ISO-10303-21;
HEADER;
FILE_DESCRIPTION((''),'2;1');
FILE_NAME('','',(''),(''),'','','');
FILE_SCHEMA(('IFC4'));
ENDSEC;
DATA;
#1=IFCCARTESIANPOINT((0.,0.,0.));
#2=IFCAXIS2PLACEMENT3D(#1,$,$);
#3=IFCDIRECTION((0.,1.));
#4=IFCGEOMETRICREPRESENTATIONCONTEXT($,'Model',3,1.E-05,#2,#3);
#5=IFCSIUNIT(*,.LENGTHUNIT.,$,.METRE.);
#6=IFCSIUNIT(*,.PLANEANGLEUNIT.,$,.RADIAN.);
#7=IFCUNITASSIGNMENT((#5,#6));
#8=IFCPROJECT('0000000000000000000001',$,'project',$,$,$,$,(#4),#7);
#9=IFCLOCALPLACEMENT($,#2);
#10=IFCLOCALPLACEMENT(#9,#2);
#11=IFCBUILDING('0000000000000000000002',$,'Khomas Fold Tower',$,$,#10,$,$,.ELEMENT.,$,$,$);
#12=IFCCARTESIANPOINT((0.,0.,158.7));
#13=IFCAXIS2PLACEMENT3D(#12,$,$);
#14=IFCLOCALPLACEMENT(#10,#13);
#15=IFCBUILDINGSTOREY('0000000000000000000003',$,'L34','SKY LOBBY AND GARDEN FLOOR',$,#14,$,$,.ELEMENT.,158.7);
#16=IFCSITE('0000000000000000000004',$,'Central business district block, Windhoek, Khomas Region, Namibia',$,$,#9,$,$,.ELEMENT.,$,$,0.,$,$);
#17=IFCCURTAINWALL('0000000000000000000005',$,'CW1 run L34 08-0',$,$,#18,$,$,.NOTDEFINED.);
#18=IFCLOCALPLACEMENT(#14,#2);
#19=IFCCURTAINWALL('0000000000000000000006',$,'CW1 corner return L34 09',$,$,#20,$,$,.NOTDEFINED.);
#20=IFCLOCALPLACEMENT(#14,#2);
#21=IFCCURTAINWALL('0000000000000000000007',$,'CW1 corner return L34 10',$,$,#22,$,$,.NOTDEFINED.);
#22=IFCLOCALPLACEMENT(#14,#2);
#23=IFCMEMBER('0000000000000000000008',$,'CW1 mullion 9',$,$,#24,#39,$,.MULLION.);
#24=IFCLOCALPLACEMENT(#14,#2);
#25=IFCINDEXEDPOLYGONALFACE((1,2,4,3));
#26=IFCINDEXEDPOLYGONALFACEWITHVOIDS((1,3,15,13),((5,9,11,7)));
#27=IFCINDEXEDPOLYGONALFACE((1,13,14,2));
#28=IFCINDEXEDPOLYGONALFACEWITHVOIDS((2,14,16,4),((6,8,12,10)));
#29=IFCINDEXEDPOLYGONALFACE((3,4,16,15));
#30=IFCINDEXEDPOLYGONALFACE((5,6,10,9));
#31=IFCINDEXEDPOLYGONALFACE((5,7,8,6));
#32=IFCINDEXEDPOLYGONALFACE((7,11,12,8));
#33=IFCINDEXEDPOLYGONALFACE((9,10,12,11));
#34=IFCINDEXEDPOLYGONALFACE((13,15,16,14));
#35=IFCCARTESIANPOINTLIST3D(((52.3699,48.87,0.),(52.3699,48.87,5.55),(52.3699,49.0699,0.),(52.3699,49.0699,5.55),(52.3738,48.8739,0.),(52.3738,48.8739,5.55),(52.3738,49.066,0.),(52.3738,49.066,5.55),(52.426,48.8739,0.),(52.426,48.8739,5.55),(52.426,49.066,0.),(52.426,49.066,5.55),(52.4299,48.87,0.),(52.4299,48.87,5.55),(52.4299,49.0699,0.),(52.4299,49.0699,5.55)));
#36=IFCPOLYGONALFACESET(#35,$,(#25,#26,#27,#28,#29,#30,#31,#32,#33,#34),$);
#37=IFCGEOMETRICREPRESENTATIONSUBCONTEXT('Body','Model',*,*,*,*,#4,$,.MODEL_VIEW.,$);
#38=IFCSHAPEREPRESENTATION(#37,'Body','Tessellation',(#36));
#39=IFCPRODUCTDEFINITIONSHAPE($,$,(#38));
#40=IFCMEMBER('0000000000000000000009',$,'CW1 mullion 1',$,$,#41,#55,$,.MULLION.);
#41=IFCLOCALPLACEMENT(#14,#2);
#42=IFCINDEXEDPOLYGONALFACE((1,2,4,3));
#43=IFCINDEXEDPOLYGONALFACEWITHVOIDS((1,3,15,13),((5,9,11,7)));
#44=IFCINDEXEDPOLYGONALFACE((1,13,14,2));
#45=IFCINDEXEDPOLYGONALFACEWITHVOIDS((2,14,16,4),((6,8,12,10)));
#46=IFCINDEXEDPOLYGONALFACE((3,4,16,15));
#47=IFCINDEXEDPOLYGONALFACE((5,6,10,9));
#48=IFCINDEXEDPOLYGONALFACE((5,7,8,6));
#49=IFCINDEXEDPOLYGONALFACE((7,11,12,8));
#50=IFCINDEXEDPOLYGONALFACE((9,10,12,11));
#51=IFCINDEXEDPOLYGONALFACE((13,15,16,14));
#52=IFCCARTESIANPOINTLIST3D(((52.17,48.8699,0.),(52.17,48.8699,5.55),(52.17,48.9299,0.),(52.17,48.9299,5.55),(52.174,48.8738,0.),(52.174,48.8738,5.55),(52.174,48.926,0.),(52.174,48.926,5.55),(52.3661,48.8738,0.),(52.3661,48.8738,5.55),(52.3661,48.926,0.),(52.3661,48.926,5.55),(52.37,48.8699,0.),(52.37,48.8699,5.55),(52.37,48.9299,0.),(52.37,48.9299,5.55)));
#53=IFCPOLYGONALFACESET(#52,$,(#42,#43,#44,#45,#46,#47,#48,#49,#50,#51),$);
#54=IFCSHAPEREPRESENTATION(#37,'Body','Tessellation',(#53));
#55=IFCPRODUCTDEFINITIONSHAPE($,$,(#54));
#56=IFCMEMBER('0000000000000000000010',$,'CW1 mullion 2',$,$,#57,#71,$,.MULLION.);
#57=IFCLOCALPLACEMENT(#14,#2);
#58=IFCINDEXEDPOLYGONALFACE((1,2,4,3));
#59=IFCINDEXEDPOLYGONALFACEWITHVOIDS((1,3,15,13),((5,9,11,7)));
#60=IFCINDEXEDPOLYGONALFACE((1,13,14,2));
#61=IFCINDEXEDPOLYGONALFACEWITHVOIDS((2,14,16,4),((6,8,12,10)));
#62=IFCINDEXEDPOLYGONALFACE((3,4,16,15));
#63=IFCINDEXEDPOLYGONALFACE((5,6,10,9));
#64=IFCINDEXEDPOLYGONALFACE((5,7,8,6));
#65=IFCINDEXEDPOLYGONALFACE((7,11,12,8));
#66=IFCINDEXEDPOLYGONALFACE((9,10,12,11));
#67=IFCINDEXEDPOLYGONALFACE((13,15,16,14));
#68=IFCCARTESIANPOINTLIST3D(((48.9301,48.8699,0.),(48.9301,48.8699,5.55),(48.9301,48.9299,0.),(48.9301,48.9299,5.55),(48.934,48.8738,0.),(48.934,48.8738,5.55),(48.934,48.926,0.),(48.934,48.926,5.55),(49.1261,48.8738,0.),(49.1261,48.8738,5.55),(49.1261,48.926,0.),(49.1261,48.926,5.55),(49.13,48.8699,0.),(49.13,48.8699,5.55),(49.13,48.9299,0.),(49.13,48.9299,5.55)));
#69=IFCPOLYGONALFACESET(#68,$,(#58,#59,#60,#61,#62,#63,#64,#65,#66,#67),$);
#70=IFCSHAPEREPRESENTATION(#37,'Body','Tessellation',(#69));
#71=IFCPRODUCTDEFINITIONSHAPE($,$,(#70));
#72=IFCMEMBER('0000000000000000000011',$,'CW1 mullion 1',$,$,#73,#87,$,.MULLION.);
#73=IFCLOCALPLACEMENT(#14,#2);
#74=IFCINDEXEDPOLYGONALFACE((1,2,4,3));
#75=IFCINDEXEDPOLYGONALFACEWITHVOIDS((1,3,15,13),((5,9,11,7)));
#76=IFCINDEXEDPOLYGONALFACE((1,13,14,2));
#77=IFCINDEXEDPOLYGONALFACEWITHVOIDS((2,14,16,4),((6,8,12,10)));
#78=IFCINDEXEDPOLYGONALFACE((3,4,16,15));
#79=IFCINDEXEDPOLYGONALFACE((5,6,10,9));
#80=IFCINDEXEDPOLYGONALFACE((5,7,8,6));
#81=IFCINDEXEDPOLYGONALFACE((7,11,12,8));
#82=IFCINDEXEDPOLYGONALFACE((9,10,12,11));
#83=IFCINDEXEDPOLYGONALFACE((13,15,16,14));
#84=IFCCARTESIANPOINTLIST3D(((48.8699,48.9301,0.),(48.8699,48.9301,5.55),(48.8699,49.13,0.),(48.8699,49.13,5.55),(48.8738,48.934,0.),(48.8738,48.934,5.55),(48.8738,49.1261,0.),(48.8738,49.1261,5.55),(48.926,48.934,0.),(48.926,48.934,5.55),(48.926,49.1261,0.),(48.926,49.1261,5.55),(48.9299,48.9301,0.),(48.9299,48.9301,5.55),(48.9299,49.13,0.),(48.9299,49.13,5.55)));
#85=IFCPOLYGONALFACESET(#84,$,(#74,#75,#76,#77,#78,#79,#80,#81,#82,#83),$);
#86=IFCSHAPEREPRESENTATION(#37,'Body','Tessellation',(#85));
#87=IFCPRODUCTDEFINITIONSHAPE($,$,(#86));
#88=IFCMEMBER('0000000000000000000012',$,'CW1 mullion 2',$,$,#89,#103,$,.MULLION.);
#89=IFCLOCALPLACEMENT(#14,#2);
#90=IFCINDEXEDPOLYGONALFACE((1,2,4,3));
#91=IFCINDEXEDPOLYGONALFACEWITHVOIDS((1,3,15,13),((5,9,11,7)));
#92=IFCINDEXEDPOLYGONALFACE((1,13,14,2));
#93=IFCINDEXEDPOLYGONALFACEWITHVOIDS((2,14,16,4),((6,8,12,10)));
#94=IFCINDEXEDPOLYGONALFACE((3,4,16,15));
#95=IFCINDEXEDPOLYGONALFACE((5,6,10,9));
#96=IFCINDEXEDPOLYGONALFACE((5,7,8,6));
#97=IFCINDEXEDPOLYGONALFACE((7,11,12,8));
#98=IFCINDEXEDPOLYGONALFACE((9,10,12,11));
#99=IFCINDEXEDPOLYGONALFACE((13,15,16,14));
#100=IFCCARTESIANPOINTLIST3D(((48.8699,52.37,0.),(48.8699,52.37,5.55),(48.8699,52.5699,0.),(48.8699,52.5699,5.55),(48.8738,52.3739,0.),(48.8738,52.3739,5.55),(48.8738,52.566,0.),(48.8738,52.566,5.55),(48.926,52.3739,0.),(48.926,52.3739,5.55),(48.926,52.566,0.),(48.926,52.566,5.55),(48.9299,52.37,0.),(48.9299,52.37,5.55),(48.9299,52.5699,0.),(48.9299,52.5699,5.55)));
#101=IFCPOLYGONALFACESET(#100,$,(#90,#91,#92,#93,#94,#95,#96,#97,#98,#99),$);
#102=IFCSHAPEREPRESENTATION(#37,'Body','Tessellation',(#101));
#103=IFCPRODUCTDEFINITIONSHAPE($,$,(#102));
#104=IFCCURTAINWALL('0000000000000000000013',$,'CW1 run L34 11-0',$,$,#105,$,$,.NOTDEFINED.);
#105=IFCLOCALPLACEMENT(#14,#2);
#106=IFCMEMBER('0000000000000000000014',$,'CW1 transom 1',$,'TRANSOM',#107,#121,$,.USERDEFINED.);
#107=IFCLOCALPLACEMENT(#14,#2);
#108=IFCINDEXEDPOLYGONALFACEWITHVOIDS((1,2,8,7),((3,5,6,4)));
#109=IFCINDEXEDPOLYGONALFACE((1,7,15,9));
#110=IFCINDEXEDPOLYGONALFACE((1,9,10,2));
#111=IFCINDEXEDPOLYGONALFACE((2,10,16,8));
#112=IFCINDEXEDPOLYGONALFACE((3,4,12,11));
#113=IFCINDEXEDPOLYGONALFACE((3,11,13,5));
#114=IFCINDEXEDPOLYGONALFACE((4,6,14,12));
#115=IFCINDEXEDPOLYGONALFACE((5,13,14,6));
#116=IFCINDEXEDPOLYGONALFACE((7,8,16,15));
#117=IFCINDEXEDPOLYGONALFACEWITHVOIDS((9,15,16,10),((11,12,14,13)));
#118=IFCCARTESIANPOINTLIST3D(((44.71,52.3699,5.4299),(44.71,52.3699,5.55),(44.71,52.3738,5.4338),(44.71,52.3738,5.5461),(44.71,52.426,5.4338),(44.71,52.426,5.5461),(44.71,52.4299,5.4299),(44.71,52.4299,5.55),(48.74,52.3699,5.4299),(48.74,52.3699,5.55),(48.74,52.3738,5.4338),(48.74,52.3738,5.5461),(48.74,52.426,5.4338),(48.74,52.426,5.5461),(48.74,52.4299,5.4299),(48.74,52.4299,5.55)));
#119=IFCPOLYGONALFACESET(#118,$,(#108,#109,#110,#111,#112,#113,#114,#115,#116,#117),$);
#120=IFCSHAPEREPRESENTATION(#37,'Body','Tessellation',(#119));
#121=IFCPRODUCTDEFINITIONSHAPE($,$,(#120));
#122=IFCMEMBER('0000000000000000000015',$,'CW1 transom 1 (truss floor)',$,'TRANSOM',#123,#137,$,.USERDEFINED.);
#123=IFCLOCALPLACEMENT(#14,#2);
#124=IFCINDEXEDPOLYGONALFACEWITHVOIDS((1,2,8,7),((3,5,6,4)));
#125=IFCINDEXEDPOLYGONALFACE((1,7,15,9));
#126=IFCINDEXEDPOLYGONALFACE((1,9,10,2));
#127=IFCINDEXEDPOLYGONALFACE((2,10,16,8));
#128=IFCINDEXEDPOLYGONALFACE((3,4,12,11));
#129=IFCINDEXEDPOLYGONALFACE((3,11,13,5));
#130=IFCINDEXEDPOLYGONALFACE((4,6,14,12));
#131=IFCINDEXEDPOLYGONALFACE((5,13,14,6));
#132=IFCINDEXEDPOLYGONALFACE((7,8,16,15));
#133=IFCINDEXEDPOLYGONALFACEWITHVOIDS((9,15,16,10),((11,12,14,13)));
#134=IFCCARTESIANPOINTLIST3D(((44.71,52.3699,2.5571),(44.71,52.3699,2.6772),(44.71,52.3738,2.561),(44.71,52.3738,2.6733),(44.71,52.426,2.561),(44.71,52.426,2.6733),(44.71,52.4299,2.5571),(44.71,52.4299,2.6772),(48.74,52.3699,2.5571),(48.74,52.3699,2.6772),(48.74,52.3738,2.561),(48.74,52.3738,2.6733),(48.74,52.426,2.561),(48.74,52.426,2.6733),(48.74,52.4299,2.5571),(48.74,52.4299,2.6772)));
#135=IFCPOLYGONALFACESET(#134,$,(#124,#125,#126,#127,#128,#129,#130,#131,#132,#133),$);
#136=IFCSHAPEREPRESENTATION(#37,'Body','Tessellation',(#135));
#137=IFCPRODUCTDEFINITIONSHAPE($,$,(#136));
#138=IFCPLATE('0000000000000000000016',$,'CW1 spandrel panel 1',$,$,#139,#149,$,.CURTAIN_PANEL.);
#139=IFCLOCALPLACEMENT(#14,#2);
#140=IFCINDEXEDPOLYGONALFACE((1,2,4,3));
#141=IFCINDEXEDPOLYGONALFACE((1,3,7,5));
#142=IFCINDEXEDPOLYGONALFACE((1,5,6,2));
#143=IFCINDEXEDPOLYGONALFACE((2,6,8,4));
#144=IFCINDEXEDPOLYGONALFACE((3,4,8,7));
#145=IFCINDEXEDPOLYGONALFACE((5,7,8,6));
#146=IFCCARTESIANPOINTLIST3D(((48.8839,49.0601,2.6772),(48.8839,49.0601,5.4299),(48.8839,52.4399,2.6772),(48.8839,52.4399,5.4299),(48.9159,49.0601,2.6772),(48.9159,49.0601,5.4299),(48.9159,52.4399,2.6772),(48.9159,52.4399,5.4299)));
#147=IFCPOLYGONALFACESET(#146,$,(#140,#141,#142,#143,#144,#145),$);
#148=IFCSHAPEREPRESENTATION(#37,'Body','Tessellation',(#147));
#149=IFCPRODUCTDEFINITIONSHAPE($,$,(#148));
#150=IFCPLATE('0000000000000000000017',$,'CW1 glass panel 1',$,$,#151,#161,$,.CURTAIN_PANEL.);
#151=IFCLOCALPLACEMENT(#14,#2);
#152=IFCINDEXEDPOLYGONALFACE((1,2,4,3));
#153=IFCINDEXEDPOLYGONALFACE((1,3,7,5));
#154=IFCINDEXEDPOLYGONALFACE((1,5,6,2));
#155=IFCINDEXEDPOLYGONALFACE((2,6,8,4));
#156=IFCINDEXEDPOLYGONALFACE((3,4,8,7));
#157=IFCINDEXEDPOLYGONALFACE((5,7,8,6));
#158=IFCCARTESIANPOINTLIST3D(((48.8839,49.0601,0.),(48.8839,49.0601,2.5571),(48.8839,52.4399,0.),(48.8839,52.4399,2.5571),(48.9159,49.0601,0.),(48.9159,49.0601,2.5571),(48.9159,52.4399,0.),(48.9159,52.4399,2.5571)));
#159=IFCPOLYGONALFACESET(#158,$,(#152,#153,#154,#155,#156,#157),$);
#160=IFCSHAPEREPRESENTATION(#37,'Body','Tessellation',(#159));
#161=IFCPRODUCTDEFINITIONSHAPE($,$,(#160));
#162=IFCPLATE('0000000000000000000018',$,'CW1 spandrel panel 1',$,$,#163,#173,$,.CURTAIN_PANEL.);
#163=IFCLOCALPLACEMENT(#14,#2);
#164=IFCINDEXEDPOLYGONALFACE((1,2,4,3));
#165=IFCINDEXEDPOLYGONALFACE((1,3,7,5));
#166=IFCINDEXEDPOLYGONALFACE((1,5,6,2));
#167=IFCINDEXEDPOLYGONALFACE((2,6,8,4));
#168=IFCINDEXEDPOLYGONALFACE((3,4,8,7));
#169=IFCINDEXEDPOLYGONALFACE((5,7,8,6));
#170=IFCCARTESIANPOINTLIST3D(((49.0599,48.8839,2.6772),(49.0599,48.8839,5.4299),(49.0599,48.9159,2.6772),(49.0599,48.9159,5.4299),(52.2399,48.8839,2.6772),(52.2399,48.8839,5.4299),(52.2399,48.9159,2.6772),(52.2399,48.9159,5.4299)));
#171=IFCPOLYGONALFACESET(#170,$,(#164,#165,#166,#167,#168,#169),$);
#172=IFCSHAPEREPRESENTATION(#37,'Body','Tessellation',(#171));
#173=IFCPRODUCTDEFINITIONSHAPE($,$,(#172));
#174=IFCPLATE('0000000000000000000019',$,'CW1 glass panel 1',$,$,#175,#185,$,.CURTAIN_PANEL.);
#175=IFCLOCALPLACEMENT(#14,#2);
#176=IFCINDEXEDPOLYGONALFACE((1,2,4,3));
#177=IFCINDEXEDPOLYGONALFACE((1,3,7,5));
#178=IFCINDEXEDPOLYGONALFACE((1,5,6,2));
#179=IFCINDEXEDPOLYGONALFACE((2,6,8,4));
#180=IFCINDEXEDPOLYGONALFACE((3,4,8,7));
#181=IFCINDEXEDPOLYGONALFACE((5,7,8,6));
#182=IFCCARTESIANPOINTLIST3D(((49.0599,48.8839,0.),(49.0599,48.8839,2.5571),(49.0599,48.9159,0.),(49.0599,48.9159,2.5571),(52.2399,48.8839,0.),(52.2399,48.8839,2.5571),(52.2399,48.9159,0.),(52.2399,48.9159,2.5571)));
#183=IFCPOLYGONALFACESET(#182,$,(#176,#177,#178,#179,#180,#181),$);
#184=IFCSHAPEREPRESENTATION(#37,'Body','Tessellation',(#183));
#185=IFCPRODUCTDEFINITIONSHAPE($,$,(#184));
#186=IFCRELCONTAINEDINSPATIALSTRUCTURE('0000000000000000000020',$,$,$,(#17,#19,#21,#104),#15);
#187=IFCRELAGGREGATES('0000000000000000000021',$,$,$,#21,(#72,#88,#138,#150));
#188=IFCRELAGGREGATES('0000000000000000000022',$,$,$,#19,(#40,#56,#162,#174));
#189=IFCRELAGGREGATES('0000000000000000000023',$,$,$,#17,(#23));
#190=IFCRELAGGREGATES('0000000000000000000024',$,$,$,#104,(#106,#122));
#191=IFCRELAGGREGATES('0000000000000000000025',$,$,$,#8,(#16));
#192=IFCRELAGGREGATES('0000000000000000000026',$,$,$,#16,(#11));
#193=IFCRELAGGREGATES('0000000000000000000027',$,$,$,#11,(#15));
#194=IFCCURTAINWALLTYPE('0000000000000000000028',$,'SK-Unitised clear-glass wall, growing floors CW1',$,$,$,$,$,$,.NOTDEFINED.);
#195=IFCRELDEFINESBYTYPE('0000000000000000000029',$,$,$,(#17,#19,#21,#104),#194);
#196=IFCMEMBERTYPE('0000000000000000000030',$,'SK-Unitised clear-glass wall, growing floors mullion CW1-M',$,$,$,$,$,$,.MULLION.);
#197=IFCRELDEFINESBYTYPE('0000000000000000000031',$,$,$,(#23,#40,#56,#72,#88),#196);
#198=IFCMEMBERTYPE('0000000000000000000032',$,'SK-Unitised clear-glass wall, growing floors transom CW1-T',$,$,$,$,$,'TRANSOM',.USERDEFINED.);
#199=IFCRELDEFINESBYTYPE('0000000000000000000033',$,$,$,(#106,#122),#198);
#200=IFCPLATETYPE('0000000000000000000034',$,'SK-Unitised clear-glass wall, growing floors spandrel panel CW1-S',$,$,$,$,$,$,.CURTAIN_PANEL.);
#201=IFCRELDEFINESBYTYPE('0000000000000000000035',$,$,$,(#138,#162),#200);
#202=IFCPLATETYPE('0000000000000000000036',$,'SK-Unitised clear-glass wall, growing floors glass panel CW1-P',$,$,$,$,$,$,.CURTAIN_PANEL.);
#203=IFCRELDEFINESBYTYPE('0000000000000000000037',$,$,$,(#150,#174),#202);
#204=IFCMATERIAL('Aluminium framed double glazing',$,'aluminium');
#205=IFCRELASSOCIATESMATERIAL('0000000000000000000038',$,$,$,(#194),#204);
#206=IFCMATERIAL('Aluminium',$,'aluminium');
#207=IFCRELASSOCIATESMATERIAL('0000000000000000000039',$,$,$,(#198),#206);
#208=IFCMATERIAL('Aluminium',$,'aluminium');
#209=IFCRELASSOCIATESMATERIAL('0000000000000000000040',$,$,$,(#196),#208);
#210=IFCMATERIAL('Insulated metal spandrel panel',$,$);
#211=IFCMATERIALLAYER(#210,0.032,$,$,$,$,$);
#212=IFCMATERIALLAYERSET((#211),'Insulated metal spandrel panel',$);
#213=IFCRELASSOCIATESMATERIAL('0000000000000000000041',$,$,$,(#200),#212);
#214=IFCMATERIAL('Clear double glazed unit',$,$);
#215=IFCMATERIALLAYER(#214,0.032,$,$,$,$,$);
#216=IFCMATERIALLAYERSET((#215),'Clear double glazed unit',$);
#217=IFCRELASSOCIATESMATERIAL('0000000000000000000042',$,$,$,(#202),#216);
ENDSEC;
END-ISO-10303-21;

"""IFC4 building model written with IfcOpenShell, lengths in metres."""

from ifc_helpers import new_model, si_unit, direction, frame, origin, origin_2d, place, context, subcontext, project, spatial, rectangle, hollow_rectangle, extrude, source, transform, mapped, material, layer, layer_set, material_profile, profile_set, type_object, element, aggregate, save


model = new_model("IFC4")

# Units and contexts
model_context = context("Model", 3, precision=1e-05, world=origin(), true_north=direction((0.0, 1.0)))
body_context = subcontext(model_context, "Body", "Model", "MODEL_VIEW")
ifc_project = project(units=[si_unit("LENGTHUNIT", "METRE"), si_unit("PLANEANGLEUNIT", "RADIAN")], contexts=[model_context])

# Site, building, storey
site_placement = place(None, origin())
site = spatial("IfcSite", under=ifc_project, at=site_placement, Name="Central business district block, Windhoek, Khomas Region, Namibia", CompositionType="ELEMENT", RefElevation=0.0)
building_placement = place(site_placement, origin())
building = spatial("IfcBuilding", under=site, at=building_placement, Name="Khomas Fold Tower", CompositionType="ELEMENT")
storey_placement = place(building_placement, frame((0.0, 0.0, 158.7)))
storey = spatial("IfcBuildingStorey", under=building, at=storey_placement, Name="L34", Description="SKY LOBBY AND GARDEN FLOOR", CompositionType="ELEMENT", Elevation=158.7)

# Curtain walls
ifc_material_1 = material(Name="Aluminium framed double glazing", Category="aluminium")
curtain_wall_type = type_object("IfcCurtainWallType", Name="SK-Unitised clear-glass wall, growing floors CW1", PredefinedType="NOTDEFINED", material=ifc_material_1)
curtain_wall_1_placement = place(storey_placement, origin())
curtain_wall_1 = element("IfcCurtainWall", 1, at=curtain_wall_1_placement, inside=storey, type_object=curtain_wall_type, Name="CW1 run L34 08-0", PredefinedType="NOTDEFINED")
ifc_material_2 = material(Name="Aluminium", Category="aluminium")
ifc_material_profile_1 = material_profile(ifc_material_2, hollow_rectangle(XDim=0.0601, YDim=0.1201, WallThickness=0.0039, at=origin_2d()), Name="SK-Unitised clear-glass wall, growing floors transom CW1-T")
ifc_profile_set_1 = profile_set([ifc_material_profile_1], Name="Aluminium")
member_type_1 = type_object("IfcMemberType", Name="SK-Unitised clear-glass wall, growing floors transom CW1-T", ElementType="TRANSOM", PredefinedType="USERDEFINED", material=ifc_profile_set_1)
curtain_wall_2_placement = place(storey_placement, origin())
curtain_wall_2 = element("IfcCurtainWall", 2, at=curtain_wall_2_placement, inside=storey, type_object=curtain_wall_type, Name="CW1 corner return L34 09", PredefinedType="NOTDEFINED")
curtain_wall_3_placement = place(storey_placement, origin())
curtain_wall_3 = element("IfcCurtainWall", 3, at=curtain_wall_3_placement, inside=storey, type_object=curtain_wall_type, Name="CW1 corner return L34 10", PredefinedType="NOTDEFINED")

# Members
ifc_material_3 = material(Name="Aluminium", Category="aluminium")
ifc_material_profile_2 = material_profile(ifc_material_3, hollow_rectangle(XDim=0.0601, YDim=0.2, WallThickness=0.0039, at=origin_2d()), Name="SK-Unitised clear-glass wall, growing floors mullion CW1-M")
ifc_profile_set_2 = profile_set([ifc_material_profile_2], Name="Aluminium")
member_type_2 = type_object("IfcMemberType", Name="SK-Unitised clear-glass wall, growing floors mullion CW1-M", PredefinedType="MULLION", material=ifc_profile_set_2)
shared_shape_1 = source(origin(), body_context, "Body", "SweptSolid", [
    extrude(hollow_rectangle(XDim=0.0601, YDim=0.2, WallThickness=0.0039, at=origin_2d()), origin(), (0.0, 0.0, 1.0), 5.55),
])
member_1_placement = place(storey_placement, frame((52.3999, 48.97, 0.0), z_axis=(0.0, 0.0, 1.0), x_axis=(-1.0, 0.0, 0.0)))
member_1 = element("IfcMember", 4, at=member_1_placement, type_object=member_type_2, Name="CW1 mullion 9", PredefinedType="MULLION", context=body_context, shape_type="MappedRepresentation", body=[
    mapped(shared_shape_1, transform((0.0, 0.0, 0.0))),
])
member_2_placement = place(storey_placement, frame((52.27, 48.8999, 0.0), z_axis=(0.0, 0.0, 1.0), x_axis=(0.0, -1.0, 0.0)))
member_2 = element("IfcMember", 5, at=member_2_placement, type_object=member_type_2, Name="CW1 mullion 1", PredefinedType="MULLION", context=body_context, shape_type="MappedRepresentation", body=[
    mapped(shared_shape_1, transform((0.0, 0.0, 0.0))),
])
member_3_placement = place(storey_placement, frame((49.03, 48.8999, 0.0), z_axis=(0.0, 0.0, 1.0), x_axis=(0.0, -1.0, 0.0)))
member_3 = element("IfcMember", 6, at=member_3_placement, type_object=member_type_2, Name="CW1 mullion 2", PredefinedType="MULLION", context=body_context, shape_type="MappedRepresentation", body=[
    mapped(shared_shape_1, transform((0.0, 0.0, 0.0))),
])
member_4_placement = place(storey_placement, frame((48.8999, 49.03, 0.0), z_axis=(0.0, 0.0, 1.0), x_axis=(-1.0, 0.0, 0.0)))
member_4 = element("IfcMember", 7, at=member_4_placement, type_object=member_type_2, Name="CW1 mullion 1", PredefinedType="MULLION", context=body_context, shape_type="MappedRepresentation", body=[
    mapped(shared_shape_1, transform((0.0, 0.0, 0.0))),
])
member_5_placement = place(storey_placement, frame((48.8999, 52.47, 0.0), z_axis=(0.0, 0.0, 1.0), x_axis=(-1.0, 0.0, 0.0)))
member_5 = element("IfcMember", 8, at=member_5_placement, type_object=member_type_2, Name="CW1 mullion 2", PredefinedType="MULLION", context=body_context, shape_type="MappedRepresentation", body=[
    mapped(shared_shape_1, transform((0.0, 0.0, 0.0))),
])

# Curtain wall, members
curtain_wall_4_placement = place(storey_placement, origin())
curtain_wall_4 = element("IfcCurtainWall", 9, at=curtain_wall_4_placement, inside=storey, type_object=curtain_wall_type, Name="CW1 run L34 11-0", PredefinedType="NOTDEFINED")
shared_shape_2 = source(origin(), body_context, "Body", "SweptSolid", [
    extrude(hollow_rectangle(XDim=0.0601, YDim=0.1201, WallThickness=0.0039, at=origin_2d()), origin(), (0.0, 0.0, 1.0), 4.03),
])
member_6_placement = place(storey_placement, frame((48.74, 52.3999, 5.49), z_axis=(-1.0, 0.0, 0.0), x_axis=(0.0, -1.0, 0.0)))
member_6 = element("IfcMember", 10, at=member_6_placement, type_object=member_type_1, Name="CW1 transom 1", ObjectType="TRANSOM", PredefinedType="USERDEFINED", context=body_context, shape_type="MappedRepresentation", body=[
    mapped(shared_shape_2, transform((0.0, 0.0, 0.0))),
])
member_7_placement = place(storey_placement, frame((48.74, 52.3999, 2.6172), z_axis=(-1.0, 0.0, 0.0), x_axis=(0.0, -1.0, 0.0)))
member_7 = element("IfcMember", 11, at=member_7_placement, type_object=member_type_1, Name="CW1 transom 1 (truss floor)", ObjectType="TRANSOM", PredefinedType="USERDEFINED", context=body_context, shape_type="MappedRepresentation", body=[
    mapped(shared_shape_2, transform((0.0, 0.0, 0.0))),
])

# Plates
ifc_material_4 = material(Name="Insulated metal spandrel panel")
ifc_layer_1 = layer(ifc_material_4, 0.032)
ifc_layer_set_1 = layer_set([ifc_layer_1], Name="Insulated metal spandrel panel")
plate_type_1 = type_object("IfcPlateType", Name="SK-Unitised clear-glass wall, growing floors spandrel panel CW1-S", PredefinedType="CURTAIN_PANEL", material=ifc_layer_set_1)
shared_shape_3 = source(origin(), body_context, "Body", "SweptSolid", [
    extrude(rectangle(XDim=3.3799, YDim=0.032, at=origin_2d()), origin(), (0.0, 0.0, 1.0), 2.7527),
])
plate_1_placement = place(storey_placement, frame((48.8999, 50.75, 2.6772), z_axis=(0.0, 0.0, 1.0), x_axis=(0.0, 1.0, 0.0)))
plate_1 = element("IfcPlate", 12, at=plate_1_placement, type_object=plate_type_1, Name="CW1 spandrel panel 1", PredefinedType="CURTAIN_PANEL", context=body_context, shape_type="MappedRepresentation", body=[
    mapped(shared_shape_3, transform((0.0, 0.0, 0.0))),
])
ifc_material_5 = material(Name="Clear double glazed unit")
ifc_layer_2 = layer(ifc_material_5, 0.032)
ifc_layer_set_2 = layer_set([ifc_layer_2], Name="Clear double glazed unit")
plate_type_2 = type_object("IfcPlateType", Name="SK-Unitised clear-glass wall, growing floors glass panel CW1-P", PredefinedType="CURTAIN_PANEL", material=ifc_layer_set_2)
shared_shape_4 = source(origin(), body_context, "Body", "SweptSolid", [
    extrude(rectangle(XDim=3.3799, YDim=0.032, at=origin_2d()), origin(), (0.0, 0.0, 1.0), 2.5571),
])
plate_2_placement = place(storey_placement, frame((48.8999, 50.75, 0.0), z_axis=(0.0, 0.0, 1.0), x_axis=(0.0, 1.0, 0.0)))
plate_2 = element("IfcPlate", 13, at=plate_2_placement, type_object=plate_type_2, Name="CW1 glass panel 1", PredefinedType="CURTAIN_PANEL", context=body_context, shape_type="MappedRepresentation", body=[
    mapped(shared_shape_4, transform((0.0, 0.0, 0.0))),
])
aggregate(curtain_wall_3, [member_4, member_5, plate_1, plate_2])
shared_shape_5 = source(origin(), body_context, "Body", "SweptSolid", [
    extrude(rectangle(XDim=3.1799, YDim=0.032, at=origin_2d()), origin(), (0.0, 0.0, 1.0), 2.7527),
])
plate_3_placement = place(storey_placement, frame((50.6499, 48.8999, 2.6772), z_axis=(0.0, 0.0, 1.0), x_axis=(-1.0, 0.0, 0.0)))
plate_3 = element("IfcPlate", 14, at=plate_3_placement, type_object=plate_type_1, Name="CW1 spandrel panel 1", PredefinedType="CURTAIN_PANEL", context=body_context, shape_type="MappedRepresentation", body=[
    mapped(shared_shape_5, transform((0.0, 0.0, 0.0))),
])
shared_shape_6 = source(origin(), body_context, "Body", "SweptSolid", [
    extrude(rectangle(XDim=3.1799, YDim=0.032, at=origin_2d()), origin(), (0.0, 0.0, 1.0), 2.5571),
])
plate_4_placement = place(storey_placement, frame((50.6499, 48.8999, 0.0), z_axis=(0.0, 0.0, 1.0), x_axis=(-1.0, 0.0, 0.0)))
plate_4 = element("IfcPlate", 15, at=plate_4_placement, type_object=plate_type_2, Name="CW1 glass panel 1", PredefinedType="CURTAIN_PANEL", context=body_context, shape_type="MappedRepresentation", body=[
    mapped(shared_shape_6, transform((0.0, 0.0, 0.0))),
])
aggregate(curtain_wall_2, [member_2, member_3, plate_3, plate_4])
aggregate(curtain_wall_1, [member_1])
aggregate(curtain_wall_4, [member_6, member_7])

save(model, "model.ifc")
